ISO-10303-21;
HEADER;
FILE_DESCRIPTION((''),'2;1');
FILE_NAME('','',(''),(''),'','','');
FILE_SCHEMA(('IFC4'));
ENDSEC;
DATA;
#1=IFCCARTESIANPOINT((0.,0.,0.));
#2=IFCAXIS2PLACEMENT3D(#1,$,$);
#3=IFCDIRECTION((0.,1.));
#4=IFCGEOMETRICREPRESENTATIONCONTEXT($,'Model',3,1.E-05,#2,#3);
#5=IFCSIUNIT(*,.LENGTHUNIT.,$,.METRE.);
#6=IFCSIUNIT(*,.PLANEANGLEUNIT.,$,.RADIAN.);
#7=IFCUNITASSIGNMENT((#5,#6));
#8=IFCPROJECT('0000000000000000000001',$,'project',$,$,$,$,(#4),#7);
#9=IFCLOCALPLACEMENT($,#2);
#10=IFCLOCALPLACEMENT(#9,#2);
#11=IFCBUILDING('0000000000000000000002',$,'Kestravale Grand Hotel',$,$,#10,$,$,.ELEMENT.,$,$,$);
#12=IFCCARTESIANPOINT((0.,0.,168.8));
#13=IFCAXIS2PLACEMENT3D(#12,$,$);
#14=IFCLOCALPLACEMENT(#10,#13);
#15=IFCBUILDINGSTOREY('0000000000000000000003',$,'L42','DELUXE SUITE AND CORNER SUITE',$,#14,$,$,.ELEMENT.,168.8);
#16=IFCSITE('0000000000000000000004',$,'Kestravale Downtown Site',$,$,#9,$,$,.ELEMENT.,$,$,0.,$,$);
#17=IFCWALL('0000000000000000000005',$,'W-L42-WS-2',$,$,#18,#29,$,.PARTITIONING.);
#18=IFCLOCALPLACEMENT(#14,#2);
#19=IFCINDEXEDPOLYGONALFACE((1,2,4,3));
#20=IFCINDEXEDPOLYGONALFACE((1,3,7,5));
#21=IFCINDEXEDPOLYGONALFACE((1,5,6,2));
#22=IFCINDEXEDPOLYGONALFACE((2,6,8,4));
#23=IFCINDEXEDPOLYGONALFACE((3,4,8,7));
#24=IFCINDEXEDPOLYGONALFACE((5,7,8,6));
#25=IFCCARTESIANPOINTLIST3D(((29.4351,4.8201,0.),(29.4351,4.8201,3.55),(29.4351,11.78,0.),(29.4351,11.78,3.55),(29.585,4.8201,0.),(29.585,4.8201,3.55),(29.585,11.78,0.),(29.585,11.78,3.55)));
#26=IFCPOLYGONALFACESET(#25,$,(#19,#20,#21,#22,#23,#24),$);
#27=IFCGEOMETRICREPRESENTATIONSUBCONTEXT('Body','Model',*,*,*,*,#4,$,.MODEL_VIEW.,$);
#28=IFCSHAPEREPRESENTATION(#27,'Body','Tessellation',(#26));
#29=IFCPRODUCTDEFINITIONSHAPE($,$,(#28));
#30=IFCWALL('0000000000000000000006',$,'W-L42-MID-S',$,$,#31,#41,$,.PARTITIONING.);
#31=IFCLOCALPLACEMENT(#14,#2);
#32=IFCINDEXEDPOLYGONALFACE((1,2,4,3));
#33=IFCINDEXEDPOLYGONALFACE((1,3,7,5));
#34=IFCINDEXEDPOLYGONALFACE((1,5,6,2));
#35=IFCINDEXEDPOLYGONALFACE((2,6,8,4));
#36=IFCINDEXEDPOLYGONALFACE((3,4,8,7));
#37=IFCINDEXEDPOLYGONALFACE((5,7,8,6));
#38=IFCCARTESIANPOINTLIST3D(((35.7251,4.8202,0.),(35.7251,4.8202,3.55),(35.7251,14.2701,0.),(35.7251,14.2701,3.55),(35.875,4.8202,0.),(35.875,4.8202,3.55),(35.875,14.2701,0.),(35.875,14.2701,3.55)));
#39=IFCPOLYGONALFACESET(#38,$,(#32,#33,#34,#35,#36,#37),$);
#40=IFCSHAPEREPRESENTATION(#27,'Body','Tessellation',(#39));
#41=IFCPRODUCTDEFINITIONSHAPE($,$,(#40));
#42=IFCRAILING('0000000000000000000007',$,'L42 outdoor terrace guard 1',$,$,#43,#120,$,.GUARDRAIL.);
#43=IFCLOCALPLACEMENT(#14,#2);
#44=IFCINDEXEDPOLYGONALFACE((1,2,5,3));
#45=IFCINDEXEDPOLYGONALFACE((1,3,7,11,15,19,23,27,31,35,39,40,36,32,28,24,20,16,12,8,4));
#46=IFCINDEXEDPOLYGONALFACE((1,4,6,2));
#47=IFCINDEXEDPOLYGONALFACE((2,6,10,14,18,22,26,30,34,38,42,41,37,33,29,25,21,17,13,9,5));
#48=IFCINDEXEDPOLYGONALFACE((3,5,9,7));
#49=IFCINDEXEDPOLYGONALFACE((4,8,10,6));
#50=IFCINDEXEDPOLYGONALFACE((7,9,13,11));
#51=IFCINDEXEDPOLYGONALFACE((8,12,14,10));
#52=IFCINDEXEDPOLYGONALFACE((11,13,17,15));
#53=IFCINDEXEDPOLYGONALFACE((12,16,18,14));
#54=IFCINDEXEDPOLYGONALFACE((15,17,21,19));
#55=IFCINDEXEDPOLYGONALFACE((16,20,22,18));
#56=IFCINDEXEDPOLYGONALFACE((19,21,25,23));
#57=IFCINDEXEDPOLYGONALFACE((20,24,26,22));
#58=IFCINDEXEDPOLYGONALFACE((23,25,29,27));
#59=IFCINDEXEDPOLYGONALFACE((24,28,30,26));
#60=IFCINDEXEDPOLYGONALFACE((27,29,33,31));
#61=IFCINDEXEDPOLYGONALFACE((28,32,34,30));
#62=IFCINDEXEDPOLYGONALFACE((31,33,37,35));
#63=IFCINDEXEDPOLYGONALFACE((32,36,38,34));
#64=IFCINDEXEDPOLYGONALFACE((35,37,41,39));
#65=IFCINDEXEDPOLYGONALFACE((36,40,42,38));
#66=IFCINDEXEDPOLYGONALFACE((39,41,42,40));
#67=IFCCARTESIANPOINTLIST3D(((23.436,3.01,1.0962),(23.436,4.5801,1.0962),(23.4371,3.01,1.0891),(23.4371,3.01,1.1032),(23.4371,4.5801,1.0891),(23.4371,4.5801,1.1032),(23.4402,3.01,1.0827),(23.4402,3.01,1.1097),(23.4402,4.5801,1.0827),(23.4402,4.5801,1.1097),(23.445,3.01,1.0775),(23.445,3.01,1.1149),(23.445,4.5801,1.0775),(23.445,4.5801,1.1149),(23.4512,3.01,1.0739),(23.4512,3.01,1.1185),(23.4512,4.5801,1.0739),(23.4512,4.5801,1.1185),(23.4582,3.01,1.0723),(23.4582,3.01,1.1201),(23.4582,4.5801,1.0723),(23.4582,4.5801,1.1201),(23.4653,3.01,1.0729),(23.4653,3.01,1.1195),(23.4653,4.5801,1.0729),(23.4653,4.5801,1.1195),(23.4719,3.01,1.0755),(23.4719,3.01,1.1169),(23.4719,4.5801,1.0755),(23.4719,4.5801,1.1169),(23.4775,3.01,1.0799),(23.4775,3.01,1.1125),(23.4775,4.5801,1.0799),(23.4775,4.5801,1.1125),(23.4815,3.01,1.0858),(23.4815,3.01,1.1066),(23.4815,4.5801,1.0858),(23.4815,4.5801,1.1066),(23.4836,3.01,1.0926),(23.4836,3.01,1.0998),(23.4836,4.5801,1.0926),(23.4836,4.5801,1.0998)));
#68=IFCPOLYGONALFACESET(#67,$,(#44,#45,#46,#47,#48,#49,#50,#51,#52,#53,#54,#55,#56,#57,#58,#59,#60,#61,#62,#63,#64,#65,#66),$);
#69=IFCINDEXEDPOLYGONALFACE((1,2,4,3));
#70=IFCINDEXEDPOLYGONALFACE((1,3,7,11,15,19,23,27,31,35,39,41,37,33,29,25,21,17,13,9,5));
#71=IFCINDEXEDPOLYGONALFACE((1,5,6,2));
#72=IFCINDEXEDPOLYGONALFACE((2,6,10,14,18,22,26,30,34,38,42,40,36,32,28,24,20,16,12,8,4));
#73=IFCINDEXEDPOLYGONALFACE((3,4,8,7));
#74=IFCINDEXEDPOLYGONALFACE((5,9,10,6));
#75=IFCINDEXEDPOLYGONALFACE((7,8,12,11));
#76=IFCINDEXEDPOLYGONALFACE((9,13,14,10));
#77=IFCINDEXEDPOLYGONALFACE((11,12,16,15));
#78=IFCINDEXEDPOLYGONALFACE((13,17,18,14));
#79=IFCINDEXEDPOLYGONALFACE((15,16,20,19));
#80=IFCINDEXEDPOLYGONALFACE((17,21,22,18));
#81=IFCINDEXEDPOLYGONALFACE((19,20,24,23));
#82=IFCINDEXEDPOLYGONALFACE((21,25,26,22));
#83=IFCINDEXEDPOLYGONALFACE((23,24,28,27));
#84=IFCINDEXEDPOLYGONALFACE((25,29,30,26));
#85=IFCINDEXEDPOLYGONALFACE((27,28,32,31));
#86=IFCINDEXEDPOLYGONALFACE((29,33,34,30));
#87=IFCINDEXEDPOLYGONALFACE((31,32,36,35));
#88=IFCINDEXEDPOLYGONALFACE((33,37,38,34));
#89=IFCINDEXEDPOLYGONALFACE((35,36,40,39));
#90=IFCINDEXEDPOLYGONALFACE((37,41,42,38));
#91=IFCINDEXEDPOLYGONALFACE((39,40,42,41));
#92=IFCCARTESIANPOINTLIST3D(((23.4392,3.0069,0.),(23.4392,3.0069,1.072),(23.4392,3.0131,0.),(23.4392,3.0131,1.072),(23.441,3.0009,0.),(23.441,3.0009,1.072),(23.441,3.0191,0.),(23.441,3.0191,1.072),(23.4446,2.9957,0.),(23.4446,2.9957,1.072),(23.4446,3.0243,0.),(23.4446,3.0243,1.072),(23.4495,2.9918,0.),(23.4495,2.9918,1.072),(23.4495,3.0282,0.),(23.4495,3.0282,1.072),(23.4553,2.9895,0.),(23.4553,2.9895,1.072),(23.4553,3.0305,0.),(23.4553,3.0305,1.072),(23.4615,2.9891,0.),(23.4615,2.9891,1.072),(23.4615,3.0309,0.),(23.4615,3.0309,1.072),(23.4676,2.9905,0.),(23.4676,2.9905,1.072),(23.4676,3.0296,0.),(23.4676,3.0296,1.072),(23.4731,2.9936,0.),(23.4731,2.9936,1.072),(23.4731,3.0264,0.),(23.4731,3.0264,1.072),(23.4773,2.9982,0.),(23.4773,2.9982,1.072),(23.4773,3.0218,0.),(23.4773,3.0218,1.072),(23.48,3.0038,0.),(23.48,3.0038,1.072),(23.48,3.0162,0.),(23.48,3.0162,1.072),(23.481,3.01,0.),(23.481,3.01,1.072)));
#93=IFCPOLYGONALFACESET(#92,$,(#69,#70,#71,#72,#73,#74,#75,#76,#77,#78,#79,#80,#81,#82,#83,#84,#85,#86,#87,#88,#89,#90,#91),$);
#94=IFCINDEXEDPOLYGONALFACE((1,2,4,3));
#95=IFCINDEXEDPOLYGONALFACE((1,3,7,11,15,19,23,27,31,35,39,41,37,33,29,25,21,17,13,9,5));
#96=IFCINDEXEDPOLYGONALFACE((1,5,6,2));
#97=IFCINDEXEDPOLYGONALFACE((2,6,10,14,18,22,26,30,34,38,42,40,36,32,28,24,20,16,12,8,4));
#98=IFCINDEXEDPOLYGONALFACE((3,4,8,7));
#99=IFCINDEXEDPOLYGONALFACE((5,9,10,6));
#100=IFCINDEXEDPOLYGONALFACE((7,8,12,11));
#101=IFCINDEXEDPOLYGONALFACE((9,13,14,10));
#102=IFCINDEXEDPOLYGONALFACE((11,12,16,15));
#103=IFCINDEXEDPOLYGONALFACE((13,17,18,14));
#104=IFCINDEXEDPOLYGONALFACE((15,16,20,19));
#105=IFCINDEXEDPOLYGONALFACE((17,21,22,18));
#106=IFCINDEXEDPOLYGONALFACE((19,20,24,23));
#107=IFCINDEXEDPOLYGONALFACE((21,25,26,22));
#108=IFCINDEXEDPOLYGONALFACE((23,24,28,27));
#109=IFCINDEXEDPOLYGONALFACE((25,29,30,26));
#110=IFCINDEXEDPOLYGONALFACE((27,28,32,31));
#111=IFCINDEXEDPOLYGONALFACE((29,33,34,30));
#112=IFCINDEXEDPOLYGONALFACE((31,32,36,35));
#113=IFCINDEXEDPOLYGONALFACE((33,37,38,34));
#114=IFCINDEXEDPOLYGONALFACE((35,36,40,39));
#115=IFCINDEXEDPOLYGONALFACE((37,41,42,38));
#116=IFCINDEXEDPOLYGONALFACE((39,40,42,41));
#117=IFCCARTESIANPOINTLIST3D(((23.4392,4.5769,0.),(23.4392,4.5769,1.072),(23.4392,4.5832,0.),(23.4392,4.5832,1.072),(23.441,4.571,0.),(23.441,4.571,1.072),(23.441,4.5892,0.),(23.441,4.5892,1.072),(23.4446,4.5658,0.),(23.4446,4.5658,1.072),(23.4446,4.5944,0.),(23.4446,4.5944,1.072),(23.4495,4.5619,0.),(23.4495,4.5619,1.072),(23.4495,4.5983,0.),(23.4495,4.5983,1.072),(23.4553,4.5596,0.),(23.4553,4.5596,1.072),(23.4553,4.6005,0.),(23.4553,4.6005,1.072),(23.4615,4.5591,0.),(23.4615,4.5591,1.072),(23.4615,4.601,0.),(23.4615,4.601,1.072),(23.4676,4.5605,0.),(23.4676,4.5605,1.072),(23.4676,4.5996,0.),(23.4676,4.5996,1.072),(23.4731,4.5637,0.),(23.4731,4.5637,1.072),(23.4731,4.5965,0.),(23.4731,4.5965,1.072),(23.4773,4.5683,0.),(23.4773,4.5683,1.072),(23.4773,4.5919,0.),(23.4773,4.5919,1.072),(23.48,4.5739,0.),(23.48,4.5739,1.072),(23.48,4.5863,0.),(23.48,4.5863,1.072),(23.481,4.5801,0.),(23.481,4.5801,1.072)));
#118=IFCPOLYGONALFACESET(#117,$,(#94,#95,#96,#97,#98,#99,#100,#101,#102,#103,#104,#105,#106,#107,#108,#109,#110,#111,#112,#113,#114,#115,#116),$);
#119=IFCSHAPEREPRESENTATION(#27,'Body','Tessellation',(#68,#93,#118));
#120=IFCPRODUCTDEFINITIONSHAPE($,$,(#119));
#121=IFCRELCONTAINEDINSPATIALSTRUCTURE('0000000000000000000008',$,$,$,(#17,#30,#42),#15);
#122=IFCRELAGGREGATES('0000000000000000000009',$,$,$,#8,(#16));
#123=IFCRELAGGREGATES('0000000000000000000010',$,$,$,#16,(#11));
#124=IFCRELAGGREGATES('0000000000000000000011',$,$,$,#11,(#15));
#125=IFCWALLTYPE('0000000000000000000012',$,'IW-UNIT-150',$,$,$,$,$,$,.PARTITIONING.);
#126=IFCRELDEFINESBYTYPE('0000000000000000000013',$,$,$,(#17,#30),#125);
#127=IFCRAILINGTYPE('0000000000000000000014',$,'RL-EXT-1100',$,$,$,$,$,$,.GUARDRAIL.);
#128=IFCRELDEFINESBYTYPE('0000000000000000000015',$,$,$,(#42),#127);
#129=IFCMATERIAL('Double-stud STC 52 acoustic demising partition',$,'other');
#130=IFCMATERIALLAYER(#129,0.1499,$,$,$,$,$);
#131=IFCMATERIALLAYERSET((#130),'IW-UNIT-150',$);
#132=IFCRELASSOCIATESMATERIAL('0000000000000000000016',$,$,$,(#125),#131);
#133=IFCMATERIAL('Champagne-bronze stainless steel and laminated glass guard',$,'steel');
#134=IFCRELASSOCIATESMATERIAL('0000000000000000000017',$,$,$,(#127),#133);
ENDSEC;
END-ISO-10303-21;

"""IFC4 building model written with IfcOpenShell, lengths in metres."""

from ifc_helpers import new_model, si_unit, direction, frame, frame_2d, origin, origin_2d, place, context, subcontext, project, spatial, rectangle, circle, extrude, material, layer, layer_set, type_object, element, save


model = new_model("IFC4")

# Units and contexts
model_context = context("Model", 3, precision=1e-05, world=origin(), true_north=direction((0.0, 1.0)))
body_context = subcontext(model_context, "Body", "Model", "MODEL_VIEW")
ifc_project = project(units=[si_unit("LENGTHUNIT", "METRE"), si_unit("PLANEANGLEUNIT", "RADIAN")], contexts=[model_context])

# Site, building, storey
site_placement = place(None, origin())
site = spatial("IfcSite", under=ifc_project, at=site_placement, Name="Kestravale Downtown Site", CompositionType="ELEMENT", RefElevation=0.0)
building_placement = place(site_placement, origin())
building = spatial("IfcBuilding", under=site, at=building_placement, Name="Kestravale Grand Hotel", CompositionType="ELEMENT")
storey_placement = place(building_placement, frame((0.0, 0.0, 168.8)))
storey = spatial("IfcBuildingStorey", under=building, at=storey_placement, Name="L42", Description="DELUXE SUITE AND CORNER SUITE", CompositionType="ELEMENT", Elevation=168.8)

# Walls
ifc_material_1 = material(Name="Double-stud STC 52 acoustic demising partition", Category="other")
ifc_layer = layer(ifc_material_1, 0.1499)
ifc_layer_set = layer_set([ifc_layer], Name="IW-UNIT-150")
wall_type = type_object("IfcWallType", Name="IW-UNIT-150", PredefinedType="PARTITIONING", material=ifc_layer_set)
wall_1_placement = place(storey_placement, frame((29.51, 4.8201, 0.0), z_axis=(0.0, 0.0, 1.0), x_axis=(0.0, 1.0, 0.0)))
element("IfcWall", 1, at=wall_1_placement, inside=storey, type_object=wall_type, Name="W-L42-WS-2", PredefinedType="PARTITIONING", context=body_context, shape_type="SweptSolid", body=[
    extrude(rectangle(XDim=6.96, YDim=0.1499, at=frame_2d((3.48, 0.0))), origin(), (0.0, 0.0, 1.0), 3.55),
])
wall_2_placement = place(storey_placement, frame((35.8, 4.8201, 0.0), z_axis=(0.0, 0.0, 1.0), x_axis=(0.0, 1.0, 0.0)))
element("IfcWall", 2, at=wall_2_placement, inside=storey, type_object=wall_type, Name="W-L42-MID-S", PredefinedType="PARTITIONING", context=body_context, shape_type="SweptSolid", body=[
    extrude(rectangle(XDim=9.45, YDim=0.1499, at=frame_2d((4.7251, 0.0))), origin(), (0.0, 0.0, 1.0), 3.55),
])

# Railing
ifc_material_2 = material(Name="Champagne-bronze stainless steel and laminated glass guard", Category="steel")
railing_type = type_object("IfcRailingType", Name="RL-EXT-1100", PredefinedType="GUARDRAIL", material=ifc_material_2)
railing_1_placement = place(storey_placement, frame((23.46, 3.01, 0.0)))
element("IfcRailing", 3, at=railing_1_placement, inside=storey, type_object=railing_type, Name="L42 outdoor terrace guard 1", PredefinedType="GUARDRAIL", context=body_context, shape_type="SweptSolid", body=[
    extrude(circle(Radius=0.0239, at=origin_2d()), frame((0.0, 0.0, 1.0962), z_axis=(0.0, 1.0, 0.0), x_axis=(-1.0, 0.0, 0.0)), (0.0, 0.0, 1.0), 1.5701),
    extrude(circle(Radius=0.021, at=origin_2d()), origin(), (0.0, 0.0, 1.0), 1.072),
    extrude(circle(Radius=0.021, at=origin_2d()), frame((0.0, 1.5701, 0.0)), (0.0, 0.0, 1.0), 1.072),
])

save(model, "model.ifc")
